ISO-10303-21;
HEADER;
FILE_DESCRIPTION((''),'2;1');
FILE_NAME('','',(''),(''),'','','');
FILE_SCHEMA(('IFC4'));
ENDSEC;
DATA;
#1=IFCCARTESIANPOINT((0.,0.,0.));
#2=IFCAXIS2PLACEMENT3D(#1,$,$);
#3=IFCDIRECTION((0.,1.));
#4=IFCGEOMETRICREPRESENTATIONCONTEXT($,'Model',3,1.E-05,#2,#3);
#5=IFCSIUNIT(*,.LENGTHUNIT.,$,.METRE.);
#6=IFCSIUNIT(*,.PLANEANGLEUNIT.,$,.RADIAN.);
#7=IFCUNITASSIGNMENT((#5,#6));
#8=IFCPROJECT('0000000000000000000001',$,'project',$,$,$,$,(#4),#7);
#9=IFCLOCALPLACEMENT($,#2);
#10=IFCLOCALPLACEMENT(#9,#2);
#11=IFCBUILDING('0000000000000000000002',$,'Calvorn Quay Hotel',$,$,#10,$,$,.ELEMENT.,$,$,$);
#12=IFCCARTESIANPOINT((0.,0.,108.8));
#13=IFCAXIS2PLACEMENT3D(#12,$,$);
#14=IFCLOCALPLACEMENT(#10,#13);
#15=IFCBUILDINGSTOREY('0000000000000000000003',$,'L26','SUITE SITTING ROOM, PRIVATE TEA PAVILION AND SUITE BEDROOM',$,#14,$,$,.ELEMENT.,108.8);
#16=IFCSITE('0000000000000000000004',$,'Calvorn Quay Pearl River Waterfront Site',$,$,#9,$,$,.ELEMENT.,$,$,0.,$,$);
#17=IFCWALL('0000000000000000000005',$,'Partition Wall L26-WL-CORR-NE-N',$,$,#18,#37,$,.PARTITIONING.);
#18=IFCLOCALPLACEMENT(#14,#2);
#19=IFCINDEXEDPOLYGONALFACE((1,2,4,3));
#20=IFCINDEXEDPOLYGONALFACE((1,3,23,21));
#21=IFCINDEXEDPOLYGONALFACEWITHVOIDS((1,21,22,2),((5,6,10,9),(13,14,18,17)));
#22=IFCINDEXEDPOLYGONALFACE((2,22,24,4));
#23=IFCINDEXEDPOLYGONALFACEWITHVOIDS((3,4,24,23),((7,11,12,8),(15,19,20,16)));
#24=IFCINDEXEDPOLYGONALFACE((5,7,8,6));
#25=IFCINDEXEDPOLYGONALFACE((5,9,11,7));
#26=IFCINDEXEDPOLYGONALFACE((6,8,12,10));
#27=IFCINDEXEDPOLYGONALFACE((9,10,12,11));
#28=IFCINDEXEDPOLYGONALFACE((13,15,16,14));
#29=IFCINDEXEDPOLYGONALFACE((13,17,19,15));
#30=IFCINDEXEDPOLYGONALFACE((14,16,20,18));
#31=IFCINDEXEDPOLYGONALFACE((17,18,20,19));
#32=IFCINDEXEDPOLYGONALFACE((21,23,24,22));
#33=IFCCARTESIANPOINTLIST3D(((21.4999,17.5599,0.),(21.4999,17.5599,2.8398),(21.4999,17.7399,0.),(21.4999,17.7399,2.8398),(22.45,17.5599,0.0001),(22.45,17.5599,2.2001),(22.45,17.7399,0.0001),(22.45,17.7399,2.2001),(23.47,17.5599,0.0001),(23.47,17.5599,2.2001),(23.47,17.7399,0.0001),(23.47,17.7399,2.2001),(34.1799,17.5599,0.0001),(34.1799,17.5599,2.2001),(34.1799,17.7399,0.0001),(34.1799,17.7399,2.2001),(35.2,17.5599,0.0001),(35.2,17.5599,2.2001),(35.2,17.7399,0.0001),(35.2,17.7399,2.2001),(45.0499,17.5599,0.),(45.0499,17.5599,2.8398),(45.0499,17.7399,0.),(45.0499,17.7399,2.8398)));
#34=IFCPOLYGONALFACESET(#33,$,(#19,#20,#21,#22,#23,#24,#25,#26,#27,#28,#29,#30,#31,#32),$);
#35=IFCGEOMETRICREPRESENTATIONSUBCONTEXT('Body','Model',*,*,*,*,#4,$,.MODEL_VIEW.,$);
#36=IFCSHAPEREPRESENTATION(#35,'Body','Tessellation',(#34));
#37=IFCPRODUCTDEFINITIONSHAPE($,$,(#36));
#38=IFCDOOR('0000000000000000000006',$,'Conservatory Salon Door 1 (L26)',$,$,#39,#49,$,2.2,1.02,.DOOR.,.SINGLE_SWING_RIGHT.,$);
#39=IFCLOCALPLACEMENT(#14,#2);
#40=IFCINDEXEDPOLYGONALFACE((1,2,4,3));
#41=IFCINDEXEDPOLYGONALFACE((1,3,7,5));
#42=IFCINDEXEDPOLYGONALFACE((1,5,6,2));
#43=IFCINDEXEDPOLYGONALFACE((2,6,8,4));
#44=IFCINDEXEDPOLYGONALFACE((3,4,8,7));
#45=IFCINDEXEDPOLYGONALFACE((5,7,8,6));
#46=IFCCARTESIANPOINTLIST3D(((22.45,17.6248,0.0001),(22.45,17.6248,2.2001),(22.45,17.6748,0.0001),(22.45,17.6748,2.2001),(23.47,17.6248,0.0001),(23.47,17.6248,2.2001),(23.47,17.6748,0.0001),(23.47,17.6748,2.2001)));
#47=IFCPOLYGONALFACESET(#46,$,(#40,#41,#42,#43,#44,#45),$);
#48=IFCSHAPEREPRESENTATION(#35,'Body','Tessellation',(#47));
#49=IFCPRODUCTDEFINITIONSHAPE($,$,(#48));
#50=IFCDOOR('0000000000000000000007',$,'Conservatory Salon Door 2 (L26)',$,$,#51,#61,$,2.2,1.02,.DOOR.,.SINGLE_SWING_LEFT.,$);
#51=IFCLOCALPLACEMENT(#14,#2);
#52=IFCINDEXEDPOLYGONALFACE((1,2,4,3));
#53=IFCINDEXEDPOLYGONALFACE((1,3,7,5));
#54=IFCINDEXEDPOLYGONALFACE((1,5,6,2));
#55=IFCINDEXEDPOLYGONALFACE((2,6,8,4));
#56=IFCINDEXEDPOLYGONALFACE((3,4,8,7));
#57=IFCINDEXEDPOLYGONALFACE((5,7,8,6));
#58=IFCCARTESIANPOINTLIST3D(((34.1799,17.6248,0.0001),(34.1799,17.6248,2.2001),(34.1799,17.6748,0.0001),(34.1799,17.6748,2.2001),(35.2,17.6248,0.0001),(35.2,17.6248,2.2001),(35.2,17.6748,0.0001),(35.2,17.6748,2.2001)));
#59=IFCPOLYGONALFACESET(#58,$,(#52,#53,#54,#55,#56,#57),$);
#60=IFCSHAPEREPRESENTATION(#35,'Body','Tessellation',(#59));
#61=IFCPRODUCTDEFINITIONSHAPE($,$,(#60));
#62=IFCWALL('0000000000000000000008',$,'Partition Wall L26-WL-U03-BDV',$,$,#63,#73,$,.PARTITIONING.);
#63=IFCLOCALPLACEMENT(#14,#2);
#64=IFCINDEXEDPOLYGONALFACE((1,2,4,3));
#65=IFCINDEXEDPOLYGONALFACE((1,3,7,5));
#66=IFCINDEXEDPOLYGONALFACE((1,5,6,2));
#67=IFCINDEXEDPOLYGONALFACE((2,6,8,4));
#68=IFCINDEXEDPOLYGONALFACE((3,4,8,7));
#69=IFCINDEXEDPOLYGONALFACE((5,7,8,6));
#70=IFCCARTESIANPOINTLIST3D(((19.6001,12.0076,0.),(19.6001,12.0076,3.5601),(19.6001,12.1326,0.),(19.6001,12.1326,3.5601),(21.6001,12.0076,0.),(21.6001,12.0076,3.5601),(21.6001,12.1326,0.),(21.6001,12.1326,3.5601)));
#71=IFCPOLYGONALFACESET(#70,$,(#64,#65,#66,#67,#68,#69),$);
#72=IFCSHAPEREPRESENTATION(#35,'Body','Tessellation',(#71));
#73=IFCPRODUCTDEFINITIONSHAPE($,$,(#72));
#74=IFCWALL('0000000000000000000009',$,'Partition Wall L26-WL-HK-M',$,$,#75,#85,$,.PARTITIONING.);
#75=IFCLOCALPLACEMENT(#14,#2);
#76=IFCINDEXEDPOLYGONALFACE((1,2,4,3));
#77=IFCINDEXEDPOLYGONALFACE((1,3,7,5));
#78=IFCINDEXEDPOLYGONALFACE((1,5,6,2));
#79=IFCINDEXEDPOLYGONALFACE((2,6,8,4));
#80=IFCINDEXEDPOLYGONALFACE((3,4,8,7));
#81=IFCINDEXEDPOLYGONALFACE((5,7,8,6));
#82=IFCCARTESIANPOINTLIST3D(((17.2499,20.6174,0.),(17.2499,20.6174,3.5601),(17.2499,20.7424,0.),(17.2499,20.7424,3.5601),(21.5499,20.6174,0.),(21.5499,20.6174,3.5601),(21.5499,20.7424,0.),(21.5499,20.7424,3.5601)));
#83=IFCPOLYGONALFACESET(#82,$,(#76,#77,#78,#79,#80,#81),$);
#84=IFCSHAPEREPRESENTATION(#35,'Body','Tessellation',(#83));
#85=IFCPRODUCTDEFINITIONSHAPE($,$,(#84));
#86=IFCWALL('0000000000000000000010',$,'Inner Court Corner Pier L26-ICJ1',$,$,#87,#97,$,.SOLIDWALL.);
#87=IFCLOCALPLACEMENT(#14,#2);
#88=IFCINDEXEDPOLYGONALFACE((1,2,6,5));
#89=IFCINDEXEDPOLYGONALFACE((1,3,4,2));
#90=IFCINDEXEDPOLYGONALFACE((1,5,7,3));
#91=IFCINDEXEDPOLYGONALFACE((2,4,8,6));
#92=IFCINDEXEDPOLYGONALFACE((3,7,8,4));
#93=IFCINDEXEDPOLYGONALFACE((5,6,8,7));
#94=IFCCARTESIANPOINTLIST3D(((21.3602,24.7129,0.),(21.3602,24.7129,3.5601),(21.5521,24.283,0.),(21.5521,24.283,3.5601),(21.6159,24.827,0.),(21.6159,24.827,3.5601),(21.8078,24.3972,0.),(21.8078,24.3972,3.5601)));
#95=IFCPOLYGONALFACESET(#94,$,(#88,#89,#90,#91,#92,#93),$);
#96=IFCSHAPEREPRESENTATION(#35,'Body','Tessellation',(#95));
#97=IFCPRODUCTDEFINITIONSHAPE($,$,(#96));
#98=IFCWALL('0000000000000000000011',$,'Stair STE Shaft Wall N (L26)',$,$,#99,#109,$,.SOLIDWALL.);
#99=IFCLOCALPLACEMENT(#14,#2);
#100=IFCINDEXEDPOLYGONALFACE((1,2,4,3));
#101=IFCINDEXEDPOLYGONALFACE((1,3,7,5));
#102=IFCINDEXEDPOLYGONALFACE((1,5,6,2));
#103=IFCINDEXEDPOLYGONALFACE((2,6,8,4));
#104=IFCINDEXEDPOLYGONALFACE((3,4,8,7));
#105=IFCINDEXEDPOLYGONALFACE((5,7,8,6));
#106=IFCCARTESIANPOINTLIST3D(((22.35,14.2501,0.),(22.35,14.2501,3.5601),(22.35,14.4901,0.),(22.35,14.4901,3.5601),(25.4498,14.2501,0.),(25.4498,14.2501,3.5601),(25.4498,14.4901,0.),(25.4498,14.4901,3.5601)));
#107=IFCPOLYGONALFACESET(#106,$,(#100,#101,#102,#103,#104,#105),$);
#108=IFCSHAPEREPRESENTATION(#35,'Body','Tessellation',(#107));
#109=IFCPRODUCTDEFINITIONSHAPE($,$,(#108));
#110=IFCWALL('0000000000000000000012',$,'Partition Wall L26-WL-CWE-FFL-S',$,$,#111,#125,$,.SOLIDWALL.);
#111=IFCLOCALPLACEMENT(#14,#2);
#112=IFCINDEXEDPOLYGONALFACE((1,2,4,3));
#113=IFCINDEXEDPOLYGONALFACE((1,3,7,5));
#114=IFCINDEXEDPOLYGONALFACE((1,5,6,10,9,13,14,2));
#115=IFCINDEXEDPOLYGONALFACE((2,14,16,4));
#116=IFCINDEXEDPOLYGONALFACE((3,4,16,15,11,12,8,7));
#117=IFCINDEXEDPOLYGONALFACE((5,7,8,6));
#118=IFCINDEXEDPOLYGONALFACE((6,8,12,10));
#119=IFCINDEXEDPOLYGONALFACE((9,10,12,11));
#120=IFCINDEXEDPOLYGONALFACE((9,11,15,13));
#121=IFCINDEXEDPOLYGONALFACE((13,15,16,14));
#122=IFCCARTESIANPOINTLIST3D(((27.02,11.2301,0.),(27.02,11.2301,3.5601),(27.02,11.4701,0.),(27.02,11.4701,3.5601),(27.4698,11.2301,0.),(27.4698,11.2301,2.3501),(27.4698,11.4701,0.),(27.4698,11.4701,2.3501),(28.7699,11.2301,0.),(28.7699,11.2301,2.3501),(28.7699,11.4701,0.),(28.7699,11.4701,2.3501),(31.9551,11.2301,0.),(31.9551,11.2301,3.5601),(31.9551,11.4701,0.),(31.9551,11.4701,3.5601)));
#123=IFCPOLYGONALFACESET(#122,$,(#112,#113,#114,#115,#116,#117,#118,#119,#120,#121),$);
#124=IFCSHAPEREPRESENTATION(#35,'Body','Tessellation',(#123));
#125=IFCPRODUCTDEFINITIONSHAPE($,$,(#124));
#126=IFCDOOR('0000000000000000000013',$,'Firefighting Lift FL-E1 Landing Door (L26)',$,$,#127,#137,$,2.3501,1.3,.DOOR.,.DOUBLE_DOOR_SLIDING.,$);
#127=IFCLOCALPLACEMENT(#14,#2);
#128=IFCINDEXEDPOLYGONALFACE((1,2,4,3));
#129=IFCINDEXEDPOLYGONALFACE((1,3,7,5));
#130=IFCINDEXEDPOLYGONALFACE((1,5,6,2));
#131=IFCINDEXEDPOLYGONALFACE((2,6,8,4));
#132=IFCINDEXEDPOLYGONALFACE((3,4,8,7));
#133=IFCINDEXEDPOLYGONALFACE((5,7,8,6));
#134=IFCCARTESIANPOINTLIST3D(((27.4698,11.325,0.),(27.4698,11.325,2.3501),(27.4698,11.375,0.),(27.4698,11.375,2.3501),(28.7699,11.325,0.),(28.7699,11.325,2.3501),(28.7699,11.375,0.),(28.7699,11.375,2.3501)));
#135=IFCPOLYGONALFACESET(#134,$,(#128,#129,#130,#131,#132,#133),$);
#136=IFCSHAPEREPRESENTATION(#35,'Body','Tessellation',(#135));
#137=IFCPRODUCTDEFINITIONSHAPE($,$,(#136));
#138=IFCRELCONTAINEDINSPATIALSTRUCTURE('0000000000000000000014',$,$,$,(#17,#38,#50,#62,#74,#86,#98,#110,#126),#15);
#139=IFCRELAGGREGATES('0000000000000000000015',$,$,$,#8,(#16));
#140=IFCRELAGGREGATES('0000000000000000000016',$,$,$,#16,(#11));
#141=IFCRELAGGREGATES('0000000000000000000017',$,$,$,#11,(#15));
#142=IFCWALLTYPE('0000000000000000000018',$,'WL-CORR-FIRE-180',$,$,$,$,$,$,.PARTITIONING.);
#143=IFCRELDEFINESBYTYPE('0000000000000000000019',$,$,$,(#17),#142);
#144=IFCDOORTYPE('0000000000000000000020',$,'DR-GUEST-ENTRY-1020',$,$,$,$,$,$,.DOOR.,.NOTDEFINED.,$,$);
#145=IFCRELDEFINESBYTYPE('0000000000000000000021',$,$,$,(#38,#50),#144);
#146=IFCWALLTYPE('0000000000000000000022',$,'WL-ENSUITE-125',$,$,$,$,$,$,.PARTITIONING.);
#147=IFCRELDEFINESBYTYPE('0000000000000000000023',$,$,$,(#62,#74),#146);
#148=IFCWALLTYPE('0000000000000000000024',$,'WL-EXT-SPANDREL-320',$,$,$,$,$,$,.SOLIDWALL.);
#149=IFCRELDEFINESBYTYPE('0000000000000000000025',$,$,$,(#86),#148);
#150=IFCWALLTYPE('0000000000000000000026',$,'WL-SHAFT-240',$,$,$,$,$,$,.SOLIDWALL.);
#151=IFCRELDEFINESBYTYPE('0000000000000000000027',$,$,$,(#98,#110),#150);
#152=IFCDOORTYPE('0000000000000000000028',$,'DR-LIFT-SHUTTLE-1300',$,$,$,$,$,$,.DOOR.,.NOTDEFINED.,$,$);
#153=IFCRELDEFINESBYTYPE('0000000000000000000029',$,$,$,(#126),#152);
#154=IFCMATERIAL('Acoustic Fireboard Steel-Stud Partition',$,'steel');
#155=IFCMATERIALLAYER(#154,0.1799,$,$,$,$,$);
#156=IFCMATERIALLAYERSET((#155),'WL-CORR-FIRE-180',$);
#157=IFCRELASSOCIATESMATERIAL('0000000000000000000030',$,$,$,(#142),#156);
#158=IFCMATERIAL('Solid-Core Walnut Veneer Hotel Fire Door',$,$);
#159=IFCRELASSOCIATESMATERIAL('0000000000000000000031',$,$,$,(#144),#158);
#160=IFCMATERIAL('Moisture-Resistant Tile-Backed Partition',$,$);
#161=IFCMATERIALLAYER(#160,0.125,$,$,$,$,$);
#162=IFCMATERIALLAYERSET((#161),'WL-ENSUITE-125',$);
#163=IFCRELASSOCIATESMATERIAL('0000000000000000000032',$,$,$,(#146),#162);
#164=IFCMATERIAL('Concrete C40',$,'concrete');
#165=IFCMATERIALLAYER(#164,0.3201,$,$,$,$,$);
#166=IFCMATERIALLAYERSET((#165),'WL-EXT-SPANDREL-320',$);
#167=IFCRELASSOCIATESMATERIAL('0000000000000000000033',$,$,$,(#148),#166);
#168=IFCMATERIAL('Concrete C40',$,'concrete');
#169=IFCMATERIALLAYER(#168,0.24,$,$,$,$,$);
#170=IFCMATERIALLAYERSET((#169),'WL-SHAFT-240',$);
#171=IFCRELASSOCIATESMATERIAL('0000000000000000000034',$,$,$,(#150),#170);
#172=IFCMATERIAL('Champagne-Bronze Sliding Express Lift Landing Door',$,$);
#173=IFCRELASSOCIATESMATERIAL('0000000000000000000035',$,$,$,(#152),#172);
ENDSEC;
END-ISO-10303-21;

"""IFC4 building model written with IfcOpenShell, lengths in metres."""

from ifc_helpers import new_model, si_unit, direction, frame, frame_2d, origin, place, context, subcontext, project, spatial, rectangle, extrude, material, layer, layer_set, type_object, element, fill, save


model = new_model("IFC4")

# Units and contexts
model_context = context("Model", 3, precision=1e-05, world=origin(), true_north=direction((0.0, 1.0)))
body_context = subcontext(model_context, "Body", "Model", "MODEL_VIEW")
ifc_project = project(units=[si_unit("LENGTHUNIT", "METRE"), si_unit("PLANEANGLEUNIT", "RADIAN")], contexts=[model_context])

# Site, building, storey
site_placement = place(None, origin())
site = spatial("IfcSite", under=ifc_project, at=site_placement, Name="Calvorn Quay Pearl River Waterfront Site", CompositionType="ELEMENT", RefElevation=0.0)
building_placement = place(site_placement, origin())
building = spatial("IfcBuilding", under=site, at=building_placement, Name="Calvorn Quay Hotel", CompositionType="ELEMENT")
storey_placement = place(building_placement, frame((0.0, 0.0, 108.8)))
storey = spatial("IfcBuildingStorey", under=building, at=storey_placement, Name="L26", Description="SUITE SITTING ROOM, PRIVATE TEA PAVILION AND SUITE BEDROOM", CompositionType="ELEMENT", Elevation=108.8)

# Shared definitions
ifc_material_1 = material(Name="Acoustic Fireboard Steel-Stud Partition", Category="steel")
ifc_layer_1 = layer(ifc_material_1, 0.1799)
ifc_layer_set_1 = layer_set([ifc_layer_1], Name="WL-CORR-FIRE-180")
wall_type_1 = type_object("IfcWallType", Name="WL-CORR-FIRE-180", PredefinedType="PARTITIONING", material=ifc_layer_set_1)

# Wall, openings, doors
wall_1_placement = place(storey_placement, frame((21.5, 17.6499, 0.0), z_axis=(0.0, 0.0, 1.0), x_axis=(1.0, 0.0, 0.0)))
wall_1 = element("IfcWall", 1, at=wall_1_placement, inside=storey, type_object=wall_type_1, Name="Partition Wall L26-WL-CORR-NE-N", PredefinedType="PARTITIONING", context=body_context, shape_type="SweptSolid", body=[
    extrude(rectangle(XDim=23.55, YDim=0.1799, at=frame_2d((11.7749, 0.0))), origin(), (0.0, 0.0, 1.0), 2.8398),
])
opening_1_placement = place(wall_1_placement, frame((0.95, 0.0, 0.0)))
opening_1 = element("IfcOpeningElement", 2, at=opening_1_placement, cuts=wall_1, PredefinedType="OPENING", context=body_context, shape_type="SweptSolid", body=[
    extrude(rectangle(XDim=1.02, YDim=2.2, at=frame_2d((0.51, 1.1001))), frame((0.0, 0.0999, 0.0), z_axis=(0.0, -1.0, 0.0), x_axis=(1.0, 0.0, 0.0)), (0.0, 0.0, 1.0), 0.2),
])
opening_2_placement = place(wall_1_placement, frame((12.6799, 0.0, 0.0)))
opening_2 = element("IfcOpeningElement", 3, at=opening_2_placement, cuts=wall_1, PredefinedType="OPENING", context=body_context, shape_type="SweptSolid", body=[
    extrude(rectangle(XDim=1.02, YDim=2.2, at=frame_2d((0.51, 1.1001))), frame((0.0, 0.0999, 0.0), z_axis=(0.0, -1.0, 0.0), x_axis=(1.0, 0.0, 0.0)), (0.0, 0.0, 1.0), 0.2),
])
ifc_material_2 = material(Name="Solid-Core Walnut Veneer Hotel Fire Door")
door_type_1 = type_object("IfcDoorType", Name="DR-GUEST-ENTRY-1020", OperationType="NOTDEFINED", PredefinedType="DOOR", material=ifc_material_2)
door_1_placement = place(opening_1_placement, origin())
door_1 = element("IfcDoor", 4, at=door_1_placement, inside=storey, type_object=door_type_1, Name="Conservatory Salon Door 1 (L26)", OperationType="SINGLE_SWING_RIGHT", OverallHeight=2.2, OverallWidth=1.02, PredefinedType="DOOR", context=body_context, shape_type="SweptSolid", body=[
    extrude(rectangle(XDim=1.02, YDim=2.2, at=frame_2d((0.51, 1.1001))), frame((0.0, 0.0249, 0.0), z_axis=(0.0, -1.0, 0.0), x_axis=(1.0, 0.0, 0.0)), (0.0, 0.0, 1.0), 0.05),
])
fill(opening_1, door_1)
door_2_placement = place(opening_2_placement, origin())
door_2 = element("IfcDoor", 5, at=door_2_placement, inside=storey, type_object=door_type_1, Name="Conservatory Salon Door 2 (L26)", OperationType="SINGLE_SWING_LEFT", OverallHeight=2.2, OverallWidth=1.02, PredefinedType="DOOR", context=body_context, shape_type="SweptSolid", body=[
    extrude(rectangle(XDim=1.02, YDim=2.2, at=frame_2d((0.51, 1.1001))), frame((0.0, 0.0249, 0.0), z_axis=(0.0, -1.0, 0.0), x_axis=(1.0, 0.0, 0.0)), (0.0, 0.0, 1.0), 0.05),
])
fill(opening_2, door_2)

# Walls
ifc_material_3 = material(Name="Moisture-Resistant Tile-Backed Partition")
ifc_layer_2 = layer(ifc_material_3, 0.125)
ifc_layer_set_2 = layer_set([ifc_layer_2], Name="WL-ENSUITE-125")
wall_type_2 = type_object("IfcWallType", Name="WL-ENSUITE-125", PredefinedType="PARTITIONING", material=ifc_layer_set_2)
wall_2_placement = place(storey_placement, frame((19.6001, 12.0701, 0.0), z_axis=(0.0, 0.0, 1.0), x_axis=(1.0, 0.0, 0.0)))
element("IfcWall", 6, at=wall_2_placement, inside=storey, type_object=wall_type_2, Name="Partition Wall L26-WL-U03-BDV", PredefinedType="PARTITIONING", context=body_context, shape_type="SweptSolid", body=[
    extrude(rectangle(XDim=2.0, YDim=0.125, at=frame_2d((1.0, 0.0))), origin(), (0.0, 0.0, 1.0), 3.5601),
])
wall_3_placement = place(storey_placement, frame((17.25, 20.6799, 0.0), z_axis=(0.0, 0.0, 1.0), x_axis=(1.0, 0.0, 0.0)))
element("IfcWall", 7, at=wall_3_placement, inside=storey, type_object=wall_type_2, Name="Partition Wall L26-WL-HK-M", PredefinedType="PARTITIONING", context=body_context, shape_type="SweptSolid", body=[
    extrude(rectangle(XDim=4.3, YDim=0.125, at=frame_2d((2.1499, 0.0))), origin(), (0.0, 0.0, 1.0), 3.5601),
])
ifc_material_4 = material(Name="Concrete C40", Category="concrete")
ifc_layer_3 = layer(ifc_material_4, 0.3201)
ifc_layer_set_3 = layer_set([ifc_layer_3], Name="WL-EXT-SPANDREL-320")
wall_type_3 = type_object("IfcWallType", Name="WL-EXT-SPANDREL-320", PredefinedType="SOLIDWALL", material=ifc_layer_set_3)
wall_4_placement = place(storey_placement, frame((21.6799, 24.3401, 0.0), z_axis=(0.0, 0.0, 1.0), x_axis=(-0.407581, 0.913169, 0.0)))
element("IfcWall", 8, at=wall_4_placement, inside=storey, type_object=wall_type_3, Name="Inner Court Corner Pier L26-ICJ1", PredefinedType="SOLIDWALL", context=body_context, shape_type="SweptSolid", body=[
    extrude(rectangle(XDim=0.4707, YDim=0.28, at=frame_2d((0.2354, 0.0))), origin(), (0.0, 0.0, 1.0), 3.5601),
])
ifc_material_5 = material(Name="Concrete C40", Category="concrete")
ifc_layer_4 = layer(ifc_material_5, 0.24)
ifc_layer_set_4 = layer_set([ifc_layer_4], Name="WL-SHAFT-240")
wall_type_4 = type_object("IfcWallType", Name="WL-SHAFT-240", PredefinedType="SOLIDWALL", material=ifc_layer_set_4)
wall_5_placement = place(storey_placement, frame((22.3501, 14.3701, 0.0), z_axis=(0.0, 0.0, 1.0), x_axis=(1.0, 0.0, 0.0)))
element("IfcWall", 9, at=wall_5_placement, inside=storey, type_object=wall_type_4, Name="Stair STE Shaft Wall N (L26)", PredefinedType="SOLIDWALL", context=body_context, shape_type="SweptSolid", body=[
    extrude(rectangle(XDim=3.0999, YDim=0.24, at=frame_2d((1.5498, 0.0))), origin(), (0.0, 0.0, 1.0), 3.5601),
])

# Wall, opening, door
wall_6_placement = place(storey_placement, frame((27.02, 11.3501, 0.0), z_axis=(0.0, 0.0, 1.0), x_axis=(1.0, 0.0, 0.0)))
wall_6 = element("IfcWall", 10, at=wall_6_placement, inside=storey, type_object=wall_type_4, Name="Partition Wall L26-WL-CWE-FFL-S", PredefinedType="SOLIDWALL", context=body_context, shape_type="SweptSolid", body=[
    extrude(rectangle(XDim=4.9351, YDim=0.24, at=frame_2d((2.4675, 0.0))), origin(), (0.0, 0.0, 1.0), 3.5601),
])
opening_3_placement = place(wall_6_placement, frame((0.45, 0.0, 0.0)))
opening_3 = element("IfcOpeningElement", 11, at=opening_3_placement, cuts=wall_6, PredefinedType="OPENING", context=body_context, shape_type="SweptSolid", body=[
    extrude(rectangle(XDim=1.3, YDim=2.3501, at=frame_2d((0.6499, 1.175))), frame((0.0, 0.1299, 0.0), z_axis=(0.0, -1.0, 0.0), x_axis=(1.0, 0.0, 0.0)), (0.0, 0.0, 1.0), 0.26),
])
ifc_material_6 = material(Name="Champagne-Bronze Sliding Express Lift Landing Door")
door_type_2 = type_object("IfcDoorType", Name="DR-LIFT-SHUTTLE-1300", OperationType="NOTDEFINED", PredefinedType="DOOR", material=ifc_material_6)
door_3_placement = place(opening_3_placement, origin())
door_3 = element("IfcDoor", 12, at=door_3_placement, inside=storey, type_object=door_type_2, Name="Firefighting Lift FL-E1 Landing Door (L26)", OperationType="DOUBLE_DOOR_SLIDING", OverallHeight=2.3501, OverallWidth=1.3, PredefinedType="DOOR", context=body_context, shape_type="SweptSolid", body=[
    extrude(rectangle(XDim=1.3, YDim=2.3501, at=frame_2d((0.6499, 1.175))), frame((0.0, 0.0249, 0.0), z_axis=(0.0, -1.0, 0.0), x_axis=(1.0, 0.0, 0.0)), (0.0, 0.0, 1.0), 0.05),
])
fill(opening_3, door_3)

save(model, "model.ifc")
